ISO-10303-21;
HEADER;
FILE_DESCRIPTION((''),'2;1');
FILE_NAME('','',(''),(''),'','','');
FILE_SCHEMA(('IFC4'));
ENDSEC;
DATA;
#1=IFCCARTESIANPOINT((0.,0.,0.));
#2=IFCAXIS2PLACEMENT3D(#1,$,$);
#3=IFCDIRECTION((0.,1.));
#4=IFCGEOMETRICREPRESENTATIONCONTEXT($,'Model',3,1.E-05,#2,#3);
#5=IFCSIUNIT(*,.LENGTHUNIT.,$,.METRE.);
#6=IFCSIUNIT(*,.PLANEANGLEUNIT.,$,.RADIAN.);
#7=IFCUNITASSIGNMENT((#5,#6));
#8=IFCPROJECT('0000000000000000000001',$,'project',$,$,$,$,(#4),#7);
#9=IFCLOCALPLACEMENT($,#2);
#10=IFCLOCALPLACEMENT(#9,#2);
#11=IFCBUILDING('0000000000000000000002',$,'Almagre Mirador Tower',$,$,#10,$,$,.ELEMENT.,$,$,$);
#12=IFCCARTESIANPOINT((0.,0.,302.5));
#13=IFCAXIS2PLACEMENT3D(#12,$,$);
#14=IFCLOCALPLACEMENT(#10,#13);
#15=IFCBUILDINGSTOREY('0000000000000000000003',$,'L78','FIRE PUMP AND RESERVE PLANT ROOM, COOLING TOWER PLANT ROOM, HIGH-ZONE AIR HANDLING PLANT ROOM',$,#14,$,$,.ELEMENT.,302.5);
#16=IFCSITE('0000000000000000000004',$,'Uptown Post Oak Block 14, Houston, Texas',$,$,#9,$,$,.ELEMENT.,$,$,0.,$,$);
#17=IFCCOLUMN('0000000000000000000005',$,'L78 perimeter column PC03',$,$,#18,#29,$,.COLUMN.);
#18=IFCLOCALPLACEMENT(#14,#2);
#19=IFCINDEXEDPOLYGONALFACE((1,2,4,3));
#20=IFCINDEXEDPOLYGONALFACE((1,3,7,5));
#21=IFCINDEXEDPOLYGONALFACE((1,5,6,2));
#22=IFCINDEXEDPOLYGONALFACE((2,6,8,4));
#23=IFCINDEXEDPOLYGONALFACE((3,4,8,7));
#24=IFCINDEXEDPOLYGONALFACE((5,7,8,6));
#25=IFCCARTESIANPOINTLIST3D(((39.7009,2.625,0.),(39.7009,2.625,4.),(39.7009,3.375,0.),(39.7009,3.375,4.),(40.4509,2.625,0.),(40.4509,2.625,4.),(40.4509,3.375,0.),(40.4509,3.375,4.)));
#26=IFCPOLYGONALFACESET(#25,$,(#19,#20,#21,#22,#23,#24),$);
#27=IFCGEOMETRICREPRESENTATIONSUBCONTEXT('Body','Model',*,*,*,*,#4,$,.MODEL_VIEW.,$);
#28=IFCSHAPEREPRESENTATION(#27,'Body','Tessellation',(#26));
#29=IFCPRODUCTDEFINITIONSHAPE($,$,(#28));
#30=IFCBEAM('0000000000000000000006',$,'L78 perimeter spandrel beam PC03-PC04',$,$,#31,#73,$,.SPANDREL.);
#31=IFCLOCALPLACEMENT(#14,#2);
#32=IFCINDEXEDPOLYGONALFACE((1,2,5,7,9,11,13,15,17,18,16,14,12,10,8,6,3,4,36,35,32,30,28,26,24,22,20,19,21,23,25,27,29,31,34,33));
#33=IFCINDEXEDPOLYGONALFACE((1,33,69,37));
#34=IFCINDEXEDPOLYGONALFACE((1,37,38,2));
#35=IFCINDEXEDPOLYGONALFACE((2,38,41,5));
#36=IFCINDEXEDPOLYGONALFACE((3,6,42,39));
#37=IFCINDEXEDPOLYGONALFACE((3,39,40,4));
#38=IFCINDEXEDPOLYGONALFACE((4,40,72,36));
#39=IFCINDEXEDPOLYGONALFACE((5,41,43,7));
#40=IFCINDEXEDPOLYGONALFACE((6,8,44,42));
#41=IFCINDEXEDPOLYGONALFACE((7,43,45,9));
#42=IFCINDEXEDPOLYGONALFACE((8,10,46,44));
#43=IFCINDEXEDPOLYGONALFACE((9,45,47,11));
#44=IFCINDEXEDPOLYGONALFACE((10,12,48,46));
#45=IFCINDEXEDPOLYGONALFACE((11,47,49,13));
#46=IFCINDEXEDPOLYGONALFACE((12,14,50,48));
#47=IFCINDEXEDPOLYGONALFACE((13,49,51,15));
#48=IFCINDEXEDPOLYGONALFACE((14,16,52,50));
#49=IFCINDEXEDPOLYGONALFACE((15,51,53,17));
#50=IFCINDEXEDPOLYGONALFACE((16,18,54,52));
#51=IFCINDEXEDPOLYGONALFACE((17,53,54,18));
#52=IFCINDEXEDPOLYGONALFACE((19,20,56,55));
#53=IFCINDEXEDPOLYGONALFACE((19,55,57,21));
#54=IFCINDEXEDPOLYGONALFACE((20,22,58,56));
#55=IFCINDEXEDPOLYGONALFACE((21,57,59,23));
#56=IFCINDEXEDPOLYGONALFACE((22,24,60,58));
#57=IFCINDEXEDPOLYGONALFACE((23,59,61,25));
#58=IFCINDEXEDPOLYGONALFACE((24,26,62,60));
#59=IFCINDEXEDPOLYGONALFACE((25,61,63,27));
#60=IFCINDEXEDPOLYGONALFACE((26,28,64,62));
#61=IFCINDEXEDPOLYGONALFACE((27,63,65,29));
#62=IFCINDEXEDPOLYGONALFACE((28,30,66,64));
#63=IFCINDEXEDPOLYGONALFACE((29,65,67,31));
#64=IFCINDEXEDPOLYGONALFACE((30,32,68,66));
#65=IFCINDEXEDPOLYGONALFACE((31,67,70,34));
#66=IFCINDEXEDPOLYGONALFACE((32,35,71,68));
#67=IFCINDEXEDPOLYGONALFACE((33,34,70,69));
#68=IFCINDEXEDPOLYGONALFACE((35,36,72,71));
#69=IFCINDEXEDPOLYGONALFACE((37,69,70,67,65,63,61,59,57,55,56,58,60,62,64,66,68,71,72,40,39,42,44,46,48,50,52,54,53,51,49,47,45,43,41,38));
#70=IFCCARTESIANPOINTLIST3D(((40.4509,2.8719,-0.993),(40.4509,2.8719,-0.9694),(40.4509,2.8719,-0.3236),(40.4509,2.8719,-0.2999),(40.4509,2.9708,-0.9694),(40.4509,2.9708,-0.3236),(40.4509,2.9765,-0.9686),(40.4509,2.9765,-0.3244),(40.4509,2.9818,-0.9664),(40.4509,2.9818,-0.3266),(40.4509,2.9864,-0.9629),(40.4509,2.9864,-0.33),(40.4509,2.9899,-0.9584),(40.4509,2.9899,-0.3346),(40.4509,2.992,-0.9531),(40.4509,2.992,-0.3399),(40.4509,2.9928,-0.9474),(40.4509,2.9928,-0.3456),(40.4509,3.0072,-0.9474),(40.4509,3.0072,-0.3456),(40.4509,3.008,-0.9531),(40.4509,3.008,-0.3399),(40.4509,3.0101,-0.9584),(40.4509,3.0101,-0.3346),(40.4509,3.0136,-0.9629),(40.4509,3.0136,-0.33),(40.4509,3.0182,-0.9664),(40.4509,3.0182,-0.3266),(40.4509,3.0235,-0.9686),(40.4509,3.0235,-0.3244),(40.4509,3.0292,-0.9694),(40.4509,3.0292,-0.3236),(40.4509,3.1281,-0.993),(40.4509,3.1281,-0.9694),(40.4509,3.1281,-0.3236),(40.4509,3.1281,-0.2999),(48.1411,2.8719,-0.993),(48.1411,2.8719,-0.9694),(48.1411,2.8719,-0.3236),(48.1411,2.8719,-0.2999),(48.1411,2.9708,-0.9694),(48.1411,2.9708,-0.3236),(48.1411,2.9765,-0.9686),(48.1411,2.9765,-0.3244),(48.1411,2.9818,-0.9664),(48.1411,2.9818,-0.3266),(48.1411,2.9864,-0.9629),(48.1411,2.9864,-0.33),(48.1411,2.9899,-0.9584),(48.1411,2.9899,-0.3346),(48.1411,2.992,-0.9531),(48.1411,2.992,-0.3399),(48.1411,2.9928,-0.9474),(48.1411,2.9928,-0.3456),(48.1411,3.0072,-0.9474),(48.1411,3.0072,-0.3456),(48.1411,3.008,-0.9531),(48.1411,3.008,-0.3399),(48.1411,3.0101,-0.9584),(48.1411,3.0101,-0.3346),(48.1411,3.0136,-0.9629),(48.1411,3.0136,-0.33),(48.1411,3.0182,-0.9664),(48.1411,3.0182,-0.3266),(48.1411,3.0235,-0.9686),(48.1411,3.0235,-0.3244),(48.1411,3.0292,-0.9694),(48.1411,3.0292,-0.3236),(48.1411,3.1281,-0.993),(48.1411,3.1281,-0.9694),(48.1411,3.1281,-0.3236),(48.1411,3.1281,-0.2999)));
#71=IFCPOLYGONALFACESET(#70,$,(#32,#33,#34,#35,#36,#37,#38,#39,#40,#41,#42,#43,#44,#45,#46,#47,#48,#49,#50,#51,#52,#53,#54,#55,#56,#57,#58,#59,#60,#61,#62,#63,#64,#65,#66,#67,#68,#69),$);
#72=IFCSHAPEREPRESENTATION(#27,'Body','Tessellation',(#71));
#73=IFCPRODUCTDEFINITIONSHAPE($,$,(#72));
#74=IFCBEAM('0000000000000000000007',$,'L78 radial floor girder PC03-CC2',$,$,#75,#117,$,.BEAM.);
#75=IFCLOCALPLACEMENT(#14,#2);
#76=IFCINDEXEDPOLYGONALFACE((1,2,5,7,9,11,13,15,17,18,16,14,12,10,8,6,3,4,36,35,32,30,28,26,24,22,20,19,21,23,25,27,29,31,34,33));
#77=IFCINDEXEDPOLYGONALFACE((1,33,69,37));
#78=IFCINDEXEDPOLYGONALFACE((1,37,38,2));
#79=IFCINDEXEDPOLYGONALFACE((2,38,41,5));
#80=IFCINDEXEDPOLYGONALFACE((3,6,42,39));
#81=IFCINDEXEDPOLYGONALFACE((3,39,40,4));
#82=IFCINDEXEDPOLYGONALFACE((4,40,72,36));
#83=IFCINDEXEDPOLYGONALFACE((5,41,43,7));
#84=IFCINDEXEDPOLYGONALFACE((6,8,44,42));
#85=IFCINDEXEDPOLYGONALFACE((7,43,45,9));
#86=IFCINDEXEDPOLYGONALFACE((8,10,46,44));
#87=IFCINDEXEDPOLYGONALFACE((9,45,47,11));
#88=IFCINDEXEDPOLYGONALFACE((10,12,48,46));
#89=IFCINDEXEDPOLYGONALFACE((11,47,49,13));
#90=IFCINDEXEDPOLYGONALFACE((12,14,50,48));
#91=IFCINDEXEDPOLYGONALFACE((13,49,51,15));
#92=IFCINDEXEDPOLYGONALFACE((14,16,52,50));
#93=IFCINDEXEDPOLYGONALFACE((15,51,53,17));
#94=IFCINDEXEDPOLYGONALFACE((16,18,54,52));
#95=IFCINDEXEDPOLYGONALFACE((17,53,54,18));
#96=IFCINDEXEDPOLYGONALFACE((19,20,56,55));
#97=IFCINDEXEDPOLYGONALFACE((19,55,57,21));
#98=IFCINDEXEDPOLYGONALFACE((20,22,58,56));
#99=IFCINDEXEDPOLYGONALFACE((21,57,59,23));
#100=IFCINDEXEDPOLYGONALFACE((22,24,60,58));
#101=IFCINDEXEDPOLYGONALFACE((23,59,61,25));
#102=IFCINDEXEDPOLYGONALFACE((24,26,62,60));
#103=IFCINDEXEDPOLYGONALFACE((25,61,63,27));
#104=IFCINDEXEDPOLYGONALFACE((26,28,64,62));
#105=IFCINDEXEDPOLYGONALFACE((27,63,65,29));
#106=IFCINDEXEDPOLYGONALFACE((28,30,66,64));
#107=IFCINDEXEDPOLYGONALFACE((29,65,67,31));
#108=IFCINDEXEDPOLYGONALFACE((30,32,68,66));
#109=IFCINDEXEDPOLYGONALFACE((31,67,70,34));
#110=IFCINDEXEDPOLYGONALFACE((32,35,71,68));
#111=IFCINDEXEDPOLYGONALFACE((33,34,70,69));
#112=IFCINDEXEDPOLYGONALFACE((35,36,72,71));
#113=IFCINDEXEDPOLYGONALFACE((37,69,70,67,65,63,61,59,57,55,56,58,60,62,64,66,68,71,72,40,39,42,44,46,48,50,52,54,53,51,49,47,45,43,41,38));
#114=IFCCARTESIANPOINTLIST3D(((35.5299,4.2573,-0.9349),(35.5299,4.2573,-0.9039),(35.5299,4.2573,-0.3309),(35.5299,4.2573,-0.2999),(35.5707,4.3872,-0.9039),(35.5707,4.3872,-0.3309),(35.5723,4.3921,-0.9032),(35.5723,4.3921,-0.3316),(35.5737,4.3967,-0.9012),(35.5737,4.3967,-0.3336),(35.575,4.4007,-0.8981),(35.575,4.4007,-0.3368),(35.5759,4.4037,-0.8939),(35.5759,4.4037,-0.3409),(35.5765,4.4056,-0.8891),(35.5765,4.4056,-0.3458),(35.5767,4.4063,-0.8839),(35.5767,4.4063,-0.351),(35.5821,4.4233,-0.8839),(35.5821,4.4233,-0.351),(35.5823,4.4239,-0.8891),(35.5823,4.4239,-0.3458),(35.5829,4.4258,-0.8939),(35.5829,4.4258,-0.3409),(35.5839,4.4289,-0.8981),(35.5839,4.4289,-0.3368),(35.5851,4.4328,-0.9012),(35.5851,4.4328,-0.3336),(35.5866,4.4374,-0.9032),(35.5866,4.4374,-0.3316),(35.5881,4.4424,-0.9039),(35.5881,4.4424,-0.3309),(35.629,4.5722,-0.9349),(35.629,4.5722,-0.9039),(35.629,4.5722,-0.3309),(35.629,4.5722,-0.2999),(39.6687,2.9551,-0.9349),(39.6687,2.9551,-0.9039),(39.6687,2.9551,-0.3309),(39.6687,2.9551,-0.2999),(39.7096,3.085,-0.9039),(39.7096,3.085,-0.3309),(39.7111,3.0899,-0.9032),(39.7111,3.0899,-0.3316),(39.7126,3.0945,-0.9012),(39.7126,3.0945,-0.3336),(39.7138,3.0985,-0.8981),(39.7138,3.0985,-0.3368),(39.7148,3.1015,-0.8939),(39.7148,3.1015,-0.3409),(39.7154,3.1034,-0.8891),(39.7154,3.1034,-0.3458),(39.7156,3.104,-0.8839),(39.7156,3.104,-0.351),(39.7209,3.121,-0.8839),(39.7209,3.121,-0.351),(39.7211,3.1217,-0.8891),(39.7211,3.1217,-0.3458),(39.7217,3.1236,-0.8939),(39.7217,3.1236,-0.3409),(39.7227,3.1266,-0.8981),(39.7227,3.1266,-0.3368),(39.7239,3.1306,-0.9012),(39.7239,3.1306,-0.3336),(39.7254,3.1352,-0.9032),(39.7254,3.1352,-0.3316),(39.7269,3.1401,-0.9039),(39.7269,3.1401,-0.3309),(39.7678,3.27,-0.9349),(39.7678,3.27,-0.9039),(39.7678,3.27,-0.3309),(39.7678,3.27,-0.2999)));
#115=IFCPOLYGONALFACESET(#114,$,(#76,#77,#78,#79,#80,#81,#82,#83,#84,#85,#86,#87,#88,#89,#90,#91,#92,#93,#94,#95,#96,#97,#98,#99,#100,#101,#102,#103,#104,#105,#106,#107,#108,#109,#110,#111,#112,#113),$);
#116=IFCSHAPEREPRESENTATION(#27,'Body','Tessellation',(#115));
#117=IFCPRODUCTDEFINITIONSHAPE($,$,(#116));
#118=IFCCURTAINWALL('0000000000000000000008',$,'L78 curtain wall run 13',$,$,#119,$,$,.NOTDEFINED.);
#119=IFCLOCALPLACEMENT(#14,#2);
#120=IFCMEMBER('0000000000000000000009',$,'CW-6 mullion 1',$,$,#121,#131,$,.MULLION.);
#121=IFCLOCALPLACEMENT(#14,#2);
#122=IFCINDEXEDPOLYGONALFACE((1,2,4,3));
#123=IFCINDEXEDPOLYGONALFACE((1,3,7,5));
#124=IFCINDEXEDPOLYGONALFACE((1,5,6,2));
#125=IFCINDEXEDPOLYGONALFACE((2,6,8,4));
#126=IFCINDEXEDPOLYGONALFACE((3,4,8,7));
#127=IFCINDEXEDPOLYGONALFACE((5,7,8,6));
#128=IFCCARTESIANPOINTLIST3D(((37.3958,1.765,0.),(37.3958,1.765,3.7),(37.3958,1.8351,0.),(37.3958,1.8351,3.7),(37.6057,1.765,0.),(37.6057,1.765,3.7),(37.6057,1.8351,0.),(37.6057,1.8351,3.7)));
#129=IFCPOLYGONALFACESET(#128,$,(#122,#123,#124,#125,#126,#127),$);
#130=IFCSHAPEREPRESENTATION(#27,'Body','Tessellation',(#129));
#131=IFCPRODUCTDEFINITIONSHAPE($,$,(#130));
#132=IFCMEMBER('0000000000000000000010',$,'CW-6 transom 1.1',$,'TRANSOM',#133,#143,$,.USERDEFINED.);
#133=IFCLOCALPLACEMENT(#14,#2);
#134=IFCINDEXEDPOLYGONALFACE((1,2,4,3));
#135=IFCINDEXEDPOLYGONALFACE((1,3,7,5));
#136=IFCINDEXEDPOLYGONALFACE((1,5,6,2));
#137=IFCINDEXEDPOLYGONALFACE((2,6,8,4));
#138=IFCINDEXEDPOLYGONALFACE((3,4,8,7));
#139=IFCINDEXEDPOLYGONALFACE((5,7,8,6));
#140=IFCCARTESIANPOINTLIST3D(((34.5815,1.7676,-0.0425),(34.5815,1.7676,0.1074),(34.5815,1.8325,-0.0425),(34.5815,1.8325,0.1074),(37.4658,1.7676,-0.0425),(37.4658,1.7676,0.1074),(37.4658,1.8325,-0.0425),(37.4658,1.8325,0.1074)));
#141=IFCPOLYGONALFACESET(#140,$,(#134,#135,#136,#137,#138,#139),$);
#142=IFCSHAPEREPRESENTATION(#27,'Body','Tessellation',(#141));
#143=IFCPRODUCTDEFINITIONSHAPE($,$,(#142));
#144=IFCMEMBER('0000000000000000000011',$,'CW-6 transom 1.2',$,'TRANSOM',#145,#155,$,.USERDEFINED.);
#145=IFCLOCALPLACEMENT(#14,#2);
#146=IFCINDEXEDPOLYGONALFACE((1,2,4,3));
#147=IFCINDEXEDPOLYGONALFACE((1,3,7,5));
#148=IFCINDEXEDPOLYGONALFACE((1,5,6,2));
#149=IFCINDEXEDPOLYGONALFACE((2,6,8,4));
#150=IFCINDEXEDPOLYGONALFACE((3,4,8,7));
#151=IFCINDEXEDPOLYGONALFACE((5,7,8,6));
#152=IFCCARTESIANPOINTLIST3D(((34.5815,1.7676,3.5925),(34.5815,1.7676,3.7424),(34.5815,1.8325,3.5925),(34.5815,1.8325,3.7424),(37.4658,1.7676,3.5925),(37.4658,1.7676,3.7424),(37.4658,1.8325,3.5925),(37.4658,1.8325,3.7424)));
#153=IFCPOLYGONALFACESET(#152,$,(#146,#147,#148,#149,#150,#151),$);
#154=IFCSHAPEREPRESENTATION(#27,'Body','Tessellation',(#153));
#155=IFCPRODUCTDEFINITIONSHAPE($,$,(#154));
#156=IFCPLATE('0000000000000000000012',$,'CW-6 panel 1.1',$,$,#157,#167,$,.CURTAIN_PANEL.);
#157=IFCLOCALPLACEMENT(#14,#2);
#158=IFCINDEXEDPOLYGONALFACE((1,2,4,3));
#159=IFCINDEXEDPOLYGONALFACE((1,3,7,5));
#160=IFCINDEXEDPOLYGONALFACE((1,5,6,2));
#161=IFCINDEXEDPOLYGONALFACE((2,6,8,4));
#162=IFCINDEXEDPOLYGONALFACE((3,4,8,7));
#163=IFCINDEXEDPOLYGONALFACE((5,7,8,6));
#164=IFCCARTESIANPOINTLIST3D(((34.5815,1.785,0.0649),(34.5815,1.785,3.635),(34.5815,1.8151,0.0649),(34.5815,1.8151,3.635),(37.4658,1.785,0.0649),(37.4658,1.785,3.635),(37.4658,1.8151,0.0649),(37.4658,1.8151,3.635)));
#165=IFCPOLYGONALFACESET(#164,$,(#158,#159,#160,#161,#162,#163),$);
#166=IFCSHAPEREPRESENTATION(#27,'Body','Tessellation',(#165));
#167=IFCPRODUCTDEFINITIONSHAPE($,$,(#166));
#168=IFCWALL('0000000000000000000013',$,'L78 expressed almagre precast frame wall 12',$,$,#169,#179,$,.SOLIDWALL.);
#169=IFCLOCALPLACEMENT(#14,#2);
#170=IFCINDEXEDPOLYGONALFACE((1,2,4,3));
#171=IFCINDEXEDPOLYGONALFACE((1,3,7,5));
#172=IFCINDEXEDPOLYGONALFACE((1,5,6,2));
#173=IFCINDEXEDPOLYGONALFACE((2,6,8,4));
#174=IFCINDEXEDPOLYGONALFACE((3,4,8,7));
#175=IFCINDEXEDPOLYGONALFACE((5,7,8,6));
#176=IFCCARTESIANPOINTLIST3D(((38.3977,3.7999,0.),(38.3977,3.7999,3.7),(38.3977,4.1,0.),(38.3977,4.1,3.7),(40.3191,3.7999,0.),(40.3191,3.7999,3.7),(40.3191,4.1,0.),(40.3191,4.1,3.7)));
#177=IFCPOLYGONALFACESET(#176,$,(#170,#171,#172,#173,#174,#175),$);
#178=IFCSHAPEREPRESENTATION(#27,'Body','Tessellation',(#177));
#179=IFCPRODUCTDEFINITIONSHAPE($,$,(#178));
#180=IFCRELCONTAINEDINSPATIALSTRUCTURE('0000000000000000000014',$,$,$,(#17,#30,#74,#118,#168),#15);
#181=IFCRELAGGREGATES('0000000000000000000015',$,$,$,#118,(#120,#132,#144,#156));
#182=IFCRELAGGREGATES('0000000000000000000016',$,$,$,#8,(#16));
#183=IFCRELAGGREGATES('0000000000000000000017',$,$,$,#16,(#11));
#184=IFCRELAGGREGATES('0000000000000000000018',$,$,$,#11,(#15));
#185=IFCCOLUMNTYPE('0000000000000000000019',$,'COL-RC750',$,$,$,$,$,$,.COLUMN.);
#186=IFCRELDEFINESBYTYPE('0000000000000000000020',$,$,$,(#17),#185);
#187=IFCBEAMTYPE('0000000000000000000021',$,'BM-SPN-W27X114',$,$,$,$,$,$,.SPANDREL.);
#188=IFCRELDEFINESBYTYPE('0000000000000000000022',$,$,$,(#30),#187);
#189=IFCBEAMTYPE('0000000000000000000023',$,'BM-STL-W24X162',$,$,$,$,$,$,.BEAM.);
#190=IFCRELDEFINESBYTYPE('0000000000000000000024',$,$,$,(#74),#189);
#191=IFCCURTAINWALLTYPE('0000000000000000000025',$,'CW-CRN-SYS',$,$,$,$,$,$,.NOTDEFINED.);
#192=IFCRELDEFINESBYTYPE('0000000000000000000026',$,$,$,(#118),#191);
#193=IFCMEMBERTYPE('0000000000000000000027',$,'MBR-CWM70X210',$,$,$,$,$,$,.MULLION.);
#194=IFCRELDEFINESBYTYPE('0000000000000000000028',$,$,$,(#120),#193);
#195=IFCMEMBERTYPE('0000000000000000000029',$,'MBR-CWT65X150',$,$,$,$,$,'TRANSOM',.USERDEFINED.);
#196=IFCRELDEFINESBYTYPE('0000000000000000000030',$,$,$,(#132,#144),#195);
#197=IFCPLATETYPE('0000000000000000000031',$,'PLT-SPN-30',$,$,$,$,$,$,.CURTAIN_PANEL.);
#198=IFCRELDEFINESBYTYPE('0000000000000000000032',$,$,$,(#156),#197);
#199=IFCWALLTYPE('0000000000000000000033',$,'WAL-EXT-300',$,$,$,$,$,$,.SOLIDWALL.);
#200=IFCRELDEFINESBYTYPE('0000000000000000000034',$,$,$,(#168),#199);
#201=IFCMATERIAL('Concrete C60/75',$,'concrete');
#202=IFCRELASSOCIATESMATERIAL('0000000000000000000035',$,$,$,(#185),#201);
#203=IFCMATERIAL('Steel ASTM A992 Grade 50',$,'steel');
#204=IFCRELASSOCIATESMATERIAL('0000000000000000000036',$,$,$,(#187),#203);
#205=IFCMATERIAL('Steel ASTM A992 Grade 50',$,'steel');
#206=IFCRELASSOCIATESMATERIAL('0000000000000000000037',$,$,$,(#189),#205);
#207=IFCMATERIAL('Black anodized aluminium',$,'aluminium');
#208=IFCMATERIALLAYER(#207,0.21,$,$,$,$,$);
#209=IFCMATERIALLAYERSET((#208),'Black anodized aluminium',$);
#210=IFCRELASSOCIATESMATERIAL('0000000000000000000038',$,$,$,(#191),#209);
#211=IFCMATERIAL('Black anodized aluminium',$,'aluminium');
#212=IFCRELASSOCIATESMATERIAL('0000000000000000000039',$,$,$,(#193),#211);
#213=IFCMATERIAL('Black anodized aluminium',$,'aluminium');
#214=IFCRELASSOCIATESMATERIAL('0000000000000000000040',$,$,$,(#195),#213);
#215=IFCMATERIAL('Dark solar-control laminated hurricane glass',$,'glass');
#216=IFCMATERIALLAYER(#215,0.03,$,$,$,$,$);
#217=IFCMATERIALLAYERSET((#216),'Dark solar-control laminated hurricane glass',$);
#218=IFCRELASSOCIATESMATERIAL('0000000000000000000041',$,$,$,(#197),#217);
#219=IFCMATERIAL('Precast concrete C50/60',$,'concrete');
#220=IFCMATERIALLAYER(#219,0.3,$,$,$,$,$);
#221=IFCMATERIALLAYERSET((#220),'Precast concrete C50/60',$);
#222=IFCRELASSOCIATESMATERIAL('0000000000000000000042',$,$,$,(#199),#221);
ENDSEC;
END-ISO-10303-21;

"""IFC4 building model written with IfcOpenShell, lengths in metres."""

from ifc_helpers import new_model, si_unit, direction, frame, frame_2d, origin, origin_2d, place, context, subcontext, project, spatial, rectangle, i_section, extrude, material, layer, layer_set, material_profile, profile_set, type_object, element, aggregate, save


model = new_model("IFC4")

# Units and contexts
model_context = context("Model", 3, precision=1e-05, world=origin(), true_north=direction((0.0, 1.0)))
body_context = subcontext(model_context, "Body", "Model", "MODEL_VIEW")
ifc_project = project(units=[si_unit("LENGTHUNIT", "METRE"), si_unit("PLANEANGLEUNIT", "RADIAN")], contexts=[model_context])

# Site, building, storey
site_placement = place(None, origin())
site = spatial("IfcSite", under=ifc_project, at=site_placement, Name="Uptown Post Oak Block 14, Houston, Texas", CompositionType="ELEMENT", RefElevation=0.0)
building_placement = place(site_placement, origin())
building = spatial("IfcBuilding", under=site, at=building_placement, Name="Almagre Mirador Tower", CompositionType="ELEMENT")
storey_placement = place(building_placement, frame((0.0, 0.0, 302.5)))
storey = spatial("IfcBuildingStorey", under=building, at=storey_placement, Name="L78", Description="FIRE PUMP AND RESERVE PLANT ROOM, COOLING TOWER PLANT ROOM, HIGH-ZONE AIR HANDLING PLANT ROOM", CompositionType="ELEMENT", Elevation=302.5)

# Column
ifc_material_1 = material(Name="Concrete C60/75", Category="concrete")
ifc_material_profile_1 = material_profile(ifc_material_1, rectangle(XDim=0.75, YDim=0.75, at=origin_2d()), Name="RC750X750")
ifc_profile_set_1 = profile_set([ifc_material_profile_1], Name="Concrete C60/75")
column_type = type_object("IfcColumnType", Name="COL-RC750", PredefinedType="COLUMN", material=ifc_profile_set_1)
column_placement = place(storey_placement, frame((40.0759, 3.0, 0.0), z_axis=(0.0, 0.0, 1.0), x_axis=(1.0, 0.0, 0.0)))
element("IfcColumn", 1, at=column_placement, inside=storey, type_object=column_type, Name="L78 perimeter column PC03", PredefinedType="COLUMN", context=body_context, shape_type="SweptSolid", body=[
    extrude(rectangle(XDim=0.75, YDim=0.75, at=origin_2d()), origin(), (0.0, 0.0, 1.0), 4.0),
])

# Beams
ifc_material_2 = material(Name="Steel ASTM A992 Grade 50", Category="steel")
ifc_material_profile_2 = material_profile(ifc_material_2, i_section(OverallWidth=0.2561, OverallDepth=0.6931, WebThickness=0.0144, FlangeThickness=0.0237, FilletRadius=0.022, at=origin_2d()), Name="W27X114")
ifc_profile_set_2 = profile_set([ifc_material_profile_2], Name="Steel ASTM A992 Grade 50")
beam_type_1 = type_object("IfcBeamType", Name="BM-SPN-W27X114", PredefinedType="SPANDREL", material=ifc_profile_set_2)
beam_1_placement = place(storey_placement, frame((40.4509, 3.0, -0.6465), z_axis=(1.0, 0.0, 0.0), x_axis=(0.0, 1.0, 0.0)))
element("IfcBeam", 2, at=beam_1_placement, inside=storey, type_object=beam_type_1, Name="L78 perimeter spandrel beam PC03-PC04", PredefinedType="SPANDREL", context=body_context, shape_type="SweptSolid", body=[
    extrude(i_section(OverallWidth=0.2561, OverallDepth=0.6931, WebThickness=0.0144, FlangeThickness=0.0237, FilletRadius=0.022, at=origin_2d()), origin(), (0.0, 0.0, 1.0), 7.6902),
])
ifc_material_3 = material(Name="Steel ASTM A992 Grade 50", Category="steel")
ifc_material_profile_3 = material_profile(ifc_material_3, i_section(OverallWidth=0.3301, OverallDepth=0.635, WebThickness=0.0178, FlangeThickness=0.031, FilletRadius=0.02, at=origin_2d()), Name="W24X162")
ifc_profile_set_3 = profile_set([ifc_material_profile_3], Name="Steel ASTM A992 Grade 50")
beam_type_2 = type_object("IfcBeamType", Name="BM-STL-W24X162", PredefinedType="BEAM", material=ifc_profile_set_3)
beam_2_placement = place(storey_placement, frame((39.7183, 3.1125, -0.6174), z_axis=(-0.953898, 0.300129, 0.0), x_axis=(-0.300129, -0.953898, 0.0)))
element("IfcBeam", 3, at=beam_2_placement, inside=storey, type_object=beam_type_2, Name="L78 radial floor girder PC03-CC2", PredefinedType="BEAM", context=body_context, shape_type="SweptSolid", body=[
    extrude(i_section(OverallWidth=0.3301, OverallDepth=0.635, WebThickness=0.0178, FlangeThickness=0.031, FilletRadius=0.02, at=origin_2d()), origin(), (0.0, 0.0, 1.0), 4.3389),
])

# Curtain wall, members, plate
ifc_material_4 = material(Name="Black anodized aluminium", Category="aluminium")
ifc_layer_1 = layer(ifc_material_4, 0.21)
ifc_layer_set_1 = layer_set([ifc_layer_1], Name="Black anodized aluminium")
curtain_wall_type = type_object("IfcCurtainWallType", Name="CW-CRN-SYS", PredefinedType="NOTDEFINED", material=ifc_layer_set_1)
curtain_wall_placement = place(storey_placement, origin())
curtain_wall = element("IfcCurtainWall", 4, at=curtain_wall_placement, inside=storey, type_object=curtain_wall_type, Name="L78 curtain wall run 13", PredefinedType="NOTDEFINED")
ifc_material_5 = material(Name="Black anodized aluminium", Category="aluminium")
ifc_material_profile_4 = material_profile(ifc_material_5, rectangle(XDim=0.0701, YDim=0.21, at=origin_2d()), Name="CWM70X210")
ifc_profile_set_4 = profile_set([ifc_material_profile_4], Name="Black anodized aluminium")
member_type_1 = type_object("IfcMemberType", Name="MBR-CWM70X210", PredefinedType="MULLION", material=ifc_profile_set_4)
member_1_placement = place(storey_placement, frame((37.5007, 1.8, 0.0), z_axis=(0.0, 0.0, 1.0), x_axis=(0.0, -1.0, 0.0)))
member_1 = element("IfcMember", 5, at=member_1_placement, type_object=member_type_1, Name="CW-6 mullion 1", PredefinedType="MULLION", context=body_context, shape_type="SweptSolid", body=[
    extrude(rectangle(XDim=0.0701, YDim=0.21, at=origin_2d()), origin(), (0.0, 0.0, 1.0), 3.7),
])
ifc_material_6 = material(Name="Black anodized aluminium", Category="aluminium")
ifc_material_profile_5 = material_profile(ifc_material_6, rectangle(XDim=0.0649, YDim=0.1499, at=origin_2d()), Name="CWT65X150")
ifc_profile_set_5 = profile_set([ifc_material_profile_5], Name="Black anodized aluminium")
member_type_2 = type_object("IfcMemberType", Name="MBR-CWT65X150", ElementType="TRANSOM", PredefinedType="USERDEFINED", material=ifc_profile_set_5)
member_2_placement = place(storey_placement, frame((37.4658, 1.8, 0.0325), z_axis=(-1.0, 0.0, 0.0), x_axis=(0.0, -1.0, 0.0)))
member_2 = element("IfcMember", 6, at=member_2_placement, type_object=member_type_2, Name="CW-6 transom 1.1", ObjectType="TRANSOM", PredefinedType="USERDEFINED", context=body_context, shape_type="SweptSolid", body=[
    extrude(rectangle(XDim=0.0649, YDim=0.1499, at=origin_2d()), origin(), (0.0, 0.0, 1.0), 2.8843),
])
member_3_placement = place(storey_placement, frame((37.4658, 1.8, 3.6675), z_axis=(-1.0, 0.0, 0.0), x_axis=(0.0, -1.0, 0.0)))
member_3 = element("IfcMember", 7, at=member_3_placement, type_object=member_type_2, Name="CW-6 transom 1.2", ObjectType="TRANSOM", PredefinedType="USERDEFINED", context=body_context, shape_type="SweptSolid", body=[
    extrude(rectangle(XDim=0.0649, YDim=0.1499, at=origin_2d()), origin(), (0.0, 0.0, 1.0), 2.8843),
])
ifc_material_7 = material(Name="Dark solar-control laminated hurricane glass", Category="glass")
ifc_layer_2 = layer(ifc_material_7, 0.03)
ifc_layer_set_2 = layer_set([ifc_layer_2], Name="Dark solar-control laminated hurricane glass")
plate_type = type_object("IfcPlateType", Name="PLT-SPN-30", PredefinedType="CURTAIN_PANEL", material=ifc_layer_set_2)
plate_placement = place(storey_placement, frame((36.0237, 1.8, 0.0649), z_axis=(0.0, 0.0, 1.0), x_axis=(-1.0, 0.0, 0.0)))
plate = element("IfcPlate", 8, at=plate_placement, type_object=plate_type, Name="CW-6 panel 1.1", PredefinedType="CURTAIN_PANEL", context=body_context, shape_type="SweptSolid", body=[
    extrude(rectangle(XDim=2.8843, YDim=0.03, at=origin_2d()), origin(), (0.0, 0.0, 1.0), 3.5701),
])
aggregate(curtain_wall, [member_1, member_2, member_3, plate])

# Wall
ifc_material_8 = material(Name="Precast concrete C50/60", Category="concrete")
ifc_layer_3 = layer(ifc_material_8, 0.3)
ifc_layer_set_3 = layer_set([ifc_layer_3], Name="Precast concrete C50/60")
wall_type_1 = type_object("IfcWallType", Name="WAL-EXT-300", PredefinedType="SOLIDWALL", material=ifc_layer_set_3)
wall_1_placement = place(storey_placement, frame((40.3191, 3.95, 0.0), z_axis=(0.0, 0.0, 1.0), x_axis=(-1.0, 0.0, 0.0)))
element("IfcWall", 9, at=wall_1_placement, inside=storey, type_object=wall_type_1, Name="L78 expressed almagre precast frame wall 12", PredefinedType="SOLIDWALL", context=body_context, shape_type="SweptSolid", body=[
    extrude(rectangle(XDim=1.9214, YDim=0.3, at=frame_2d((0.9607, 0.0))), origin(), (0.0, 0.0, 1.0), 3.7),
])

save(model, "model.ifc")
